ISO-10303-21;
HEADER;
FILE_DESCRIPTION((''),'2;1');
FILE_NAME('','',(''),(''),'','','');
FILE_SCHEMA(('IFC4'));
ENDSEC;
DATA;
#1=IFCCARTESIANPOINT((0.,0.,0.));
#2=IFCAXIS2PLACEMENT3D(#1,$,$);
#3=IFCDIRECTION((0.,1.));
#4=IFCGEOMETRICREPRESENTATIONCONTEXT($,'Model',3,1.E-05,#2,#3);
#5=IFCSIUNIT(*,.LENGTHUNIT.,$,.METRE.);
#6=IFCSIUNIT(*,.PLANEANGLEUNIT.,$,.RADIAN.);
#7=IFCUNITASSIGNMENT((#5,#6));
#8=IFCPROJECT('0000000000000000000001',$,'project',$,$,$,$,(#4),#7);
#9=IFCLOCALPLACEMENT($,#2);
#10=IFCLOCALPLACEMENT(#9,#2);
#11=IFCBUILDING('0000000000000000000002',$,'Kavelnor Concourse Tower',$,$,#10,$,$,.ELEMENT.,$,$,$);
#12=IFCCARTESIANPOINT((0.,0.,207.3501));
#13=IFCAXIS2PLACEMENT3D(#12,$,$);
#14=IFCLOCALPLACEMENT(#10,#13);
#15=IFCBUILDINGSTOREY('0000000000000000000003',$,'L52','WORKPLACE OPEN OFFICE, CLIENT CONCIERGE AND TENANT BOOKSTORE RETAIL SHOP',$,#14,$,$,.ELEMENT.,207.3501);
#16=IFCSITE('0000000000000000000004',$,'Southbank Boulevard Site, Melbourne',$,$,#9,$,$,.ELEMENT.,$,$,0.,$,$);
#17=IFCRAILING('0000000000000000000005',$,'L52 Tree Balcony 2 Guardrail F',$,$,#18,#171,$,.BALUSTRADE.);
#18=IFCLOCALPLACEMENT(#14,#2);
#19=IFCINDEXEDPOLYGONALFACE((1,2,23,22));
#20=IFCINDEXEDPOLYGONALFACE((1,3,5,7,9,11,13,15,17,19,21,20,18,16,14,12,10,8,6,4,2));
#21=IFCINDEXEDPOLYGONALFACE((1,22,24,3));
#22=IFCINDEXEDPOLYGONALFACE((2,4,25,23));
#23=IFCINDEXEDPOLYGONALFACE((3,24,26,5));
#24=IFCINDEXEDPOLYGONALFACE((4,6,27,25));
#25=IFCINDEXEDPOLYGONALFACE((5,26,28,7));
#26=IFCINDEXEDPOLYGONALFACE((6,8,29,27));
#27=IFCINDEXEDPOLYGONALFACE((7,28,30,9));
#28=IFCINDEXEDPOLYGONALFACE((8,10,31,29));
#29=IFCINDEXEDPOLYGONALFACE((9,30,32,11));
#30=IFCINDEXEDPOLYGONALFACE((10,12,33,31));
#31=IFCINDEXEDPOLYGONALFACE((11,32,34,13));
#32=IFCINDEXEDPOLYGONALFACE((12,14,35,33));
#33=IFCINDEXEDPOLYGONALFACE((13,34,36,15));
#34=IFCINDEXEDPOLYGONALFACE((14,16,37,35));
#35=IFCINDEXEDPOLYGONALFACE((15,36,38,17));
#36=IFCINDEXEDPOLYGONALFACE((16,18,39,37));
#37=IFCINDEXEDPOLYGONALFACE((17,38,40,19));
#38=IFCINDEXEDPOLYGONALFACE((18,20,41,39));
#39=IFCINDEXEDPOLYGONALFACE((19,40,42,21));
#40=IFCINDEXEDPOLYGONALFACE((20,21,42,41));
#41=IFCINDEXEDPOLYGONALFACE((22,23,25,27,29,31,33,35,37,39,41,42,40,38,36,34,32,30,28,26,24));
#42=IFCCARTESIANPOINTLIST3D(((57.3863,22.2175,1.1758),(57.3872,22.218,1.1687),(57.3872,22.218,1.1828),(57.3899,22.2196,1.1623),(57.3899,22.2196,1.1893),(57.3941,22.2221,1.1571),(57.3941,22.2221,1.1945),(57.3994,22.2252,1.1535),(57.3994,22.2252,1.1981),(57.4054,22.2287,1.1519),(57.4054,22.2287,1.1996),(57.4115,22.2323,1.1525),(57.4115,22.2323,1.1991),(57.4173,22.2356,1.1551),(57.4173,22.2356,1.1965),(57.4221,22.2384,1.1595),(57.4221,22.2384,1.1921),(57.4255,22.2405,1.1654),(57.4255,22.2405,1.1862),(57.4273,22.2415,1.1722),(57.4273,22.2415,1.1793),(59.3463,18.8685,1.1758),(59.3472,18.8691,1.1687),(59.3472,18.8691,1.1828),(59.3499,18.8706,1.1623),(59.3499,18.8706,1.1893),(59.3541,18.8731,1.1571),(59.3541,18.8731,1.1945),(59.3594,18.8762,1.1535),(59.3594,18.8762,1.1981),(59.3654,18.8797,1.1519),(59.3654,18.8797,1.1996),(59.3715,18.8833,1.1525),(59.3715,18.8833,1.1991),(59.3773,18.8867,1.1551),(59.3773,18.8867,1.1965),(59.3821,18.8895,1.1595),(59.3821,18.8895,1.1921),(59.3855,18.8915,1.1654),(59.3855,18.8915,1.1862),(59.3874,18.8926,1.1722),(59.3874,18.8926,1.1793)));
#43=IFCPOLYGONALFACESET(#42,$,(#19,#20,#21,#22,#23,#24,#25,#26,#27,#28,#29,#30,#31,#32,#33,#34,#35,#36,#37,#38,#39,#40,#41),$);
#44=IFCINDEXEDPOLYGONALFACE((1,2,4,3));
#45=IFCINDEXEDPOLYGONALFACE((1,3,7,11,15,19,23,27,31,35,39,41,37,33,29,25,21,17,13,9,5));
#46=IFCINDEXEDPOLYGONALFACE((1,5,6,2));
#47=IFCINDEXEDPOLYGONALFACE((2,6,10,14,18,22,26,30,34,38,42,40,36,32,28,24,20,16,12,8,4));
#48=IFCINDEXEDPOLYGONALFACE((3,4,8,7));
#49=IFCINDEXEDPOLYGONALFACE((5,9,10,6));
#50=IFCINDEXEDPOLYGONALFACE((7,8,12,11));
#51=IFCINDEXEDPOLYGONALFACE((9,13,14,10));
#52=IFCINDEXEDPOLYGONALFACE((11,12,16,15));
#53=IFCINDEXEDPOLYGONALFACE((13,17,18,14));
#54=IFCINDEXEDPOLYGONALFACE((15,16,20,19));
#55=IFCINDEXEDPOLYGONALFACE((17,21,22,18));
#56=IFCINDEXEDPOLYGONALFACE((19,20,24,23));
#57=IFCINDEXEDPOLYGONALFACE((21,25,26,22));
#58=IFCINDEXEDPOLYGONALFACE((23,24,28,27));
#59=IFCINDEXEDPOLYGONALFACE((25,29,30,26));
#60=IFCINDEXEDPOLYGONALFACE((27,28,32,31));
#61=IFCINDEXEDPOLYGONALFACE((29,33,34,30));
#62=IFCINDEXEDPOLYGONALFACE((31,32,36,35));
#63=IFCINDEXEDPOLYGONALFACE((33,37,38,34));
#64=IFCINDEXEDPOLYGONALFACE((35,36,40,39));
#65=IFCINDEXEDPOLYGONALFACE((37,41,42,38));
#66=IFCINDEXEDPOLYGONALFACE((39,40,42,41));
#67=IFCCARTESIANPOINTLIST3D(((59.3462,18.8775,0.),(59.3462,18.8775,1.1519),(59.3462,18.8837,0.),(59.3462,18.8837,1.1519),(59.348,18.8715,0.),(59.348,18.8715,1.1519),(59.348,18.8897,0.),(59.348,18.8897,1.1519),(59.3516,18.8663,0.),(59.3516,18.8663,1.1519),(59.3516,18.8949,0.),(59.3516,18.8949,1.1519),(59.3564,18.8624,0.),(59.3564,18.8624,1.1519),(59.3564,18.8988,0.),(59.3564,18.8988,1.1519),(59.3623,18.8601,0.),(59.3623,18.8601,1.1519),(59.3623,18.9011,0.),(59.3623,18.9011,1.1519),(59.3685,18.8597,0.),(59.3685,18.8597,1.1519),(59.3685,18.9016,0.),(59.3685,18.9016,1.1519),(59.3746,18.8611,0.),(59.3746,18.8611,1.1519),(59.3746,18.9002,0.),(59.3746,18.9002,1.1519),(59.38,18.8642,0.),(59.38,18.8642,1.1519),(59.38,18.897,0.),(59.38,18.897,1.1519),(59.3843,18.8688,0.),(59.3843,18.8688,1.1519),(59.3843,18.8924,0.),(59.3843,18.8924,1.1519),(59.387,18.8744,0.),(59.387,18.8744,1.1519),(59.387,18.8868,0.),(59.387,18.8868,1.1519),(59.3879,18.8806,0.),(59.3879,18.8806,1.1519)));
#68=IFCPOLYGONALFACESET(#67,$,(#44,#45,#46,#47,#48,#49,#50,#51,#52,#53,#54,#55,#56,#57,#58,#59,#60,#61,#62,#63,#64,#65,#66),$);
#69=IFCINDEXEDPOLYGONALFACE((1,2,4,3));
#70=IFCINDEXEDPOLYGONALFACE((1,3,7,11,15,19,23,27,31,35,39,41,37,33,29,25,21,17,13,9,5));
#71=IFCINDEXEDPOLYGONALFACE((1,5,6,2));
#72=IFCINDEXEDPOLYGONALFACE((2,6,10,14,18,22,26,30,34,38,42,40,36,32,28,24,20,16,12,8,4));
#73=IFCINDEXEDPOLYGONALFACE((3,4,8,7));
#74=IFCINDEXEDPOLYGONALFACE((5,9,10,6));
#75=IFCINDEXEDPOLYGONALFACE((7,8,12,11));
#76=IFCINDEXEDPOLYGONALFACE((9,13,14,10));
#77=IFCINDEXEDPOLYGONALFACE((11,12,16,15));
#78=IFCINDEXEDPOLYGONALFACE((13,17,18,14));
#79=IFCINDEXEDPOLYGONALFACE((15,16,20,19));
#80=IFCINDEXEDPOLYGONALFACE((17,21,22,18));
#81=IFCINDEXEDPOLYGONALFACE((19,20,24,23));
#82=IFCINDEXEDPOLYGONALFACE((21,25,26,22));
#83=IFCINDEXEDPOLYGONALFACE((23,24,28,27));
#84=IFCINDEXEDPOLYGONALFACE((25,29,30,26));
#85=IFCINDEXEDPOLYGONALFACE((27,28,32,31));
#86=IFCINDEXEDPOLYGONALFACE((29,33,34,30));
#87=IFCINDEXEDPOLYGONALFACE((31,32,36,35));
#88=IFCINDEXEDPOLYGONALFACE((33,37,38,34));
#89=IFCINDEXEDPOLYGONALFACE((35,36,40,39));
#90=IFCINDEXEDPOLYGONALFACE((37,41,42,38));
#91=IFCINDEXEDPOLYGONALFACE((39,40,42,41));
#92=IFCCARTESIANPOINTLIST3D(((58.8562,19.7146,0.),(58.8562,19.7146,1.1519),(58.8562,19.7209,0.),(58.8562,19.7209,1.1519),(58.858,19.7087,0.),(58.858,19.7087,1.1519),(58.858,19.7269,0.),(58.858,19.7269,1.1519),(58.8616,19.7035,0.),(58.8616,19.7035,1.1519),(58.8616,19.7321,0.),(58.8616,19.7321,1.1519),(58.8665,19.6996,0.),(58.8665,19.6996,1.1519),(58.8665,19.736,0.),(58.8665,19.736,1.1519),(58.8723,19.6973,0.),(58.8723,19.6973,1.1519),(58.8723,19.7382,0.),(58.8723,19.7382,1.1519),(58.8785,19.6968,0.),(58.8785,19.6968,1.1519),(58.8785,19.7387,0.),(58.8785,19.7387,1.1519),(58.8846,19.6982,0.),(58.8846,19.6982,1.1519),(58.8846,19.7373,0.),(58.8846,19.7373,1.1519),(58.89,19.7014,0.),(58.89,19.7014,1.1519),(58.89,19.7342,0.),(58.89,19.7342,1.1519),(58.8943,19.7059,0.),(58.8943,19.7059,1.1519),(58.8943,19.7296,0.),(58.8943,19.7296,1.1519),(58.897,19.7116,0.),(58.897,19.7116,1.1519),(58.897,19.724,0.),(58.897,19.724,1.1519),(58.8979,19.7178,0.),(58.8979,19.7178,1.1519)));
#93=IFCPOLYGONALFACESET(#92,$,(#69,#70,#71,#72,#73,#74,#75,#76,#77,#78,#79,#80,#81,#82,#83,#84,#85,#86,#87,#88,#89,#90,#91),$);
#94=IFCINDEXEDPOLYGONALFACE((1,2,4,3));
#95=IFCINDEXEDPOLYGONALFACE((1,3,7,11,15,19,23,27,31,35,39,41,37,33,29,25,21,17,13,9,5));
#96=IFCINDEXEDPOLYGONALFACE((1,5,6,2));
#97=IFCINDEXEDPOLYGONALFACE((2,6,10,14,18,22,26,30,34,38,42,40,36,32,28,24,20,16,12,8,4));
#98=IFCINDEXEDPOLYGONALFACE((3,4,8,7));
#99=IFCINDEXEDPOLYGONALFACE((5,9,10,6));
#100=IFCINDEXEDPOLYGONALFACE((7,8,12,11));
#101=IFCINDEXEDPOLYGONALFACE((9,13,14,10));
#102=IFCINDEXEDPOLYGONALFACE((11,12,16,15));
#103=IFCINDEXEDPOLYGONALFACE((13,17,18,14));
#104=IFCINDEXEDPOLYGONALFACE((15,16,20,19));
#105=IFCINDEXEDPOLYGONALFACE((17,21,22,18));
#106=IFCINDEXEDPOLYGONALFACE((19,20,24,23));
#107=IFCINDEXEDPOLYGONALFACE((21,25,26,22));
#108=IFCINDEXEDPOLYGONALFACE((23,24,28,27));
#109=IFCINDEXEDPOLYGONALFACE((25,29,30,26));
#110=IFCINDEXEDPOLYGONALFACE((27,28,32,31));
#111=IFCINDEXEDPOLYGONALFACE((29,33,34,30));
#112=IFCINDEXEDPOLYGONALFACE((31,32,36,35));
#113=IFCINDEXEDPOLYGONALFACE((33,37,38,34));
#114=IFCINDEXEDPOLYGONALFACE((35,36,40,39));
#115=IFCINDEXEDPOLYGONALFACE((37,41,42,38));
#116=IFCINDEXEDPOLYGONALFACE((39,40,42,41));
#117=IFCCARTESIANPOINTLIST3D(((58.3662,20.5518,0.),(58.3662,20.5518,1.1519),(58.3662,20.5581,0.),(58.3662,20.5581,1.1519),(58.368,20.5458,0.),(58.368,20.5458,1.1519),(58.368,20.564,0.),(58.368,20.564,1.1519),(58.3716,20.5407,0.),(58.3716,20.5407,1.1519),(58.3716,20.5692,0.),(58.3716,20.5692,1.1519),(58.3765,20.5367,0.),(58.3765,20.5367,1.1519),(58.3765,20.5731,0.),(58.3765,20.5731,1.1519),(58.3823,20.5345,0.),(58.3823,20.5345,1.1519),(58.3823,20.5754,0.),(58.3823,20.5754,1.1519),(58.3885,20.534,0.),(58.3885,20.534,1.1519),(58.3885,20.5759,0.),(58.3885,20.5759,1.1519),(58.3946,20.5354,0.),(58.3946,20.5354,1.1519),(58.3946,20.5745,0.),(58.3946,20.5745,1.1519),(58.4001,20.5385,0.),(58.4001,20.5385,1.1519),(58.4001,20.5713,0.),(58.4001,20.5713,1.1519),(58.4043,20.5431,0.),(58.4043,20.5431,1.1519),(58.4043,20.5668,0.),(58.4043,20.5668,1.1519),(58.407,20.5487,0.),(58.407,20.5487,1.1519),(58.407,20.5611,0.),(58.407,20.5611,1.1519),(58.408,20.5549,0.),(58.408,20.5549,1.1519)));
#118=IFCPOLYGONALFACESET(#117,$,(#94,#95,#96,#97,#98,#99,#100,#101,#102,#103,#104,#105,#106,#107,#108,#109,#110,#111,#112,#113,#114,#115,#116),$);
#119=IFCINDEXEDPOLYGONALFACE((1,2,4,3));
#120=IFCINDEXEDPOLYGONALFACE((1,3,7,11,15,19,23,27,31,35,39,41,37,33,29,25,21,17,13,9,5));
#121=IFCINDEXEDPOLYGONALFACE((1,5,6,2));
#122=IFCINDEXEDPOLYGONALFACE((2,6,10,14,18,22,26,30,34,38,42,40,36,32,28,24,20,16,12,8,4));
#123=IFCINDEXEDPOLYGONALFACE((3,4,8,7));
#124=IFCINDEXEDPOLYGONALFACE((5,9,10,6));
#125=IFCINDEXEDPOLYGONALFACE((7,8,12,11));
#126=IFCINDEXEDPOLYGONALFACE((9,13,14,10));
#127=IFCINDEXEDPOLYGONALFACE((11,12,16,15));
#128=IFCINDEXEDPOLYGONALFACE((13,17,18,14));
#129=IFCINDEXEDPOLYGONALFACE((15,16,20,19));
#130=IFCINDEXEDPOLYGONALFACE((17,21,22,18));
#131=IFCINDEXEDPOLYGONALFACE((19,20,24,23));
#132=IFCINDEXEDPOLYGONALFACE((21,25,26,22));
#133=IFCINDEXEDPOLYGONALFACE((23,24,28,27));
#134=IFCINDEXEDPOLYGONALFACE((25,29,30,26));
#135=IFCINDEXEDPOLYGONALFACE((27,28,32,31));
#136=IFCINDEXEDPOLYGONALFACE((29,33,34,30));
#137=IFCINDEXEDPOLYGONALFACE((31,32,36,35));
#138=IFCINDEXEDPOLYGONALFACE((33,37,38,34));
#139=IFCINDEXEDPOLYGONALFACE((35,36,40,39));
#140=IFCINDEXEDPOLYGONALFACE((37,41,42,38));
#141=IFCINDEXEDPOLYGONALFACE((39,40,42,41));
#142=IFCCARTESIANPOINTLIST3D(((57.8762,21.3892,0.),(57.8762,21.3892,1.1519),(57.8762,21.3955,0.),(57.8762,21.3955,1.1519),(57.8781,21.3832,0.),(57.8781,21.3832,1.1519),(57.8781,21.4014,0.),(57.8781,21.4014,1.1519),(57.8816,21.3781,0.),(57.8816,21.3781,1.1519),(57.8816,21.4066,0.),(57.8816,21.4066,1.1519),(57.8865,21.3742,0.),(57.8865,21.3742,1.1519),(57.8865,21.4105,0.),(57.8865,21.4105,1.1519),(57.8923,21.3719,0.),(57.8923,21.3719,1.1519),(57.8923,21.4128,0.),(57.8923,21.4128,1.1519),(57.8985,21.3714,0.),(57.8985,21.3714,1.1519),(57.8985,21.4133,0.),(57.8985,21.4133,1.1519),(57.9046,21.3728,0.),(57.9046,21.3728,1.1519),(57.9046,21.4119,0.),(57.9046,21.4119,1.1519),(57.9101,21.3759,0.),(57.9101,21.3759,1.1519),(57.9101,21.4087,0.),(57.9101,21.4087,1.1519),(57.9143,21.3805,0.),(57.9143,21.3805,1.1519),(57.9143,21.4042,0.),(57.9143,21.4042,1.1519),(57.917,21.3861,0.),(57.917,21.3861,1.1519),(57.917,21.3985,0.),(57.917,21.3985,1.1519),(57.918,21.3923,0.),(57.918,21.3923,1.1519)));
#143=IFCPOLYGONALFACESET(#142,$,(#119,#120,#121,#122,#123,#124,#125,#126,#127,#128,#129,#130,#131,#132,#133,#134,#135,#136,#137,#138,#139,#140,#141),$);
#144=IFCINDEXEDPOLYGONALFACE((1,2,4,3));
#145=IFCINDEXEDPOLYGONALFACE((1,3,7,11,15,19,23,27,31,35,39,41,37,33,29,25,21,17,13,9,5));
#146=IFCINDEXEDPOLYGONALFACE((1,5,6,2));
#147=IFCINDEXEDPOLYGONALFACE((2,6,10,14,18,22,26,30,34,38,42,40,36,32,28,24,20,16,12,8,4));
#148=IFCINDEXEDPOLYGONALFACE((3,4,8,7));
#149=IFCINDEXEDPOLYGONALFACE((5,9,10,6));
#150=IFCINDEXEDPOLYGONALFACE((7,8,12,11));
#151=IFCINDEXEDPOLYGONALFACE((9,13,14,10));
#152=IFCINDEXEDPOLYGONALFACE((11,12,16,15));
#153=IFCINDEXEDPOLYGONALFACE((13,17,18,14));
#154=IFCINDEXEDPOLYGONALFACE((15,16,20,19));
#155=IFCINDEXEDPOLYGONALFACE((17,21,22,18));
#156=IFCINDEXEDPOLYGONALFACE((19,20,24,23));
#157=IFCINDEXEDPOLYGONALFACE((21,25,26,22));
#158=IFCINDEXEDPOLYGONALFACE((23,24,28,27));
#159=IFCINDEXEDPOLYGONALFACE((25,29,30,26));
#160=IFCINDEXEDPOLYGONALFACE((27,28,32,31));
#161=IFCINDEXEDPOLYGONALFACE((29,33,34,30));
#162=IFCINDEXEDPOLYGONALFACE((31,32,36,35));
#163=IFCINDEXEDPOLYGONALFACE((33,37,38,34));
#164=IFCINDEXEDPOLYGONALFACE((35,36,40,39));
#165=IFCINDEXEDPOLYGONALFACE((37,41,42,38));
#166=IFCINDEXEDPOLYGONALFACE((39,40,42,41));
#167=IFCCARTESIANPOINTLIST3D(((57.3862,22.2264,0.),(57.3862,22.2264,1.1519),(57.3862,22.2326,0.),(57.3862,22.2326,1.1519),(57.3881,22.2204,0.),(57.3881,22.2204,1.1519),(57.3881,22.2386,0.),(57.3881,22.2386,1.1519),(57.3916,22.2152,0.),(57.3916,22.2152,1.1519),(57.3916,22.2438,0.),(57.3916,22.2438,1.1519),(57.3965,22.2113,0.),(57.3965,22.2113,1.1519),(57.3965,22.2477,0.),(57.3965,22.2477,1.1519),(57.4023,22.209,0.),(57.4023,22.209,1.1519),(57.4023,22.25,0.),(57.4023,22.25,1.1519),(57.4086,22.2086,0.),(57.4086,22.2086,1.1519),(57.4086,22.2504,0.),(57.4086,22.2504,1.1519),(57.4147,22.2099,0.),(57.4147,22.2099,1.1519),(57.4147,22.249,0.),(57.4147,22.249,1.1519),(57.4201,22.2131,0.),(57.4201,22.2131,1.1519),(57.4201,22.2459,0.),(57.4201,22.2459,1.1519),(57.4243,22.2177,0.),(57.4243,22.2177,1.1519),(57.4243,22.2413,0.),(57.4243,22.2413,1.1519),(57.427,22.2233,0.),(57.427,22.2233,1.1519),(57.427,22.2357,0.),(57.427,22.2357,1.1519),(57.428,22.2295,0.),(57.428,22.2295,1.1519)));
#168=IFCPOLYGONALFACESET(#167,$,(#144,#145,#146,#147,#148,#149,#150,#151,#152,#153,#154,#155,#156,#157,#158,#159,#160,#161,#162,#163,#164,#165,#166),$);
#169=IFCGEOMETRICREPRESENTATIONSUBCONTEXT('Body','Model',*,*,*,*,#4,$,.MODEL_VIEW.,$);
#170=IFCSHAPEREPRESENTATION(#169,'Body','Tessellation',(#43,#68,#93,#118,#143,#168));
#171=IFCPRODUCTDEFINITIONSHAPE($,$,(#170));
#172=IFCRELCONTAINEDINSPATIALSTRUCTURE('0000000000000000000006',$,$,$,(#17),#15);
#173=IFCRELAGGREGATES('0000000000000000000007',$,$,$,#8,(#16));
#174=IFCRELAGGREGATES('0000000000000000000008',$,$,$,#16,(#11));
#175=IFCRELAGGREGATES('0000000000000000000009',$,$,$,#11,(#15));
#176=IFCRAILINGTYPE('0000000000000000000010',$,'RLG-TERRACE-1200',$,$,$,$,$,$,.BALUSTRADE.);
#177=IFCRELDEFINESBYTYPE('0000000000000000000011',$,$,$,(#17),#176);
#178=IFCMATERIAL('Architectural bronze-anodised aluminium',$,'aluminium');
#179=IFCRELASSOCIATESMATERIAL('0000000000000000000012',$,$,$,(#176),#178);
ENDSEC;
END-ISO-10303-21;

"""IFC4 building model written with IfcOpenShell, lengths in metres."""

from ifc_helpers import new_model, si_unit, direction, frame, origin, origin_2d, place, context, subcontext, project, spatial, circle, extrude, material, type_object, element, save


model = new_model("IFC4")

# Units and contexts
model_context = context("Model", 3, precision=1e-05, world=origin(), true_north=direction((0.0, 1.0)))
body_context = subcontext(model_context, "Body", "Model", "MODEL_VIEW")
ifc_project = project(units=[si_unit("LENGTHUNIT", "METRE"), si_unit("PLANEANGLEUNIT", "RADIAN")], contexts=[model_context])

# Site, building, storey
site_placement = place(None, origin())
site = spatial("IfcSite", under=ifc_project, at=site_placement, Name="Southbank Boulevard Site, Melbourne", CompositionType="ELEMENT", RefElevation=0.0)
building_placement = place(site_placement, origin())
building = spatial("IfcBuilding", under=site, at=building_placement, Name="Kavelnor Concourse Tower", CompositionType="ELEMENT")
storey_placement = place(building_placement, frame((0.0, 0.0, 207.3501)))
storey = spatial("IfcBuildingStorey", under=building, at=storey_placement, Name="L52", Description="WORKPLACE OPEN OFFICE, CLIENT CONCIERGE AND TENANT BOOKSTORE RETAIL SHOP", CompositionType="ELEMENT", Elevation=207.3501)

# Railing
ifc_material_1 = material(Name="Architectural bronze-anodised aluminium", Category="aluminium")
railing_type_1 = type_object("IfcRailingType", Name="RLG-TERRACE-1200", PredefinedType="BALUSTRADE", material=ifc_material_1)
railing_1_placement = place(storey_placement, frame((59.3669, 18.8806, 0.0)))
element("IfcRailing", 1, at=railing_1_placement, inside=storey, type_object=railing_type_1, Name="L52 Tree Balcony 2 Guardrail F", PredefinedType="BALUSTRADE", context=body_context, shape_type="SweptSolid", body=[
    extrude(circle(Radius=0.0239, at=origin_2d()), frame((0.0, 0.0, 1.1758), z_axis=(-0.505111, 0.863055, 0.0), x_axis=(-0.863055, -0.505111, 0.0)), (0.0, 0.0, 1.0), 3.8804),
    extrude(circle(Radius=0.021, at=origin_2d()), origin(), (0.0, 0.0, 1.0), 1.1519),
    extrude(circle(Radius=0.021, at=origin_2d()), frame((-0.49, 0.8372, 0.0)), (0.0, 0.0, 1.0), 1.1519),
    extrude(circle(Radius=0.021, at=origin_2d()), frame((-0.98, 1.6743, 0.0)), (0.0, 0.0, 1.0), 1.1519),
    extrude(circle(Radius=0.021, at=origin_2d()), frame((-1.47, 2.5117, 0.0)), (0.0, 0.0, 1.0), 1.1519),
    extrude(circle(Radius=0.021, at=origin_2d()), frame((-1.96, 3.3489, 0.0)), (0.0, 0.0, 1.0), 1.1519),
])

save(model, "model.ifc")
